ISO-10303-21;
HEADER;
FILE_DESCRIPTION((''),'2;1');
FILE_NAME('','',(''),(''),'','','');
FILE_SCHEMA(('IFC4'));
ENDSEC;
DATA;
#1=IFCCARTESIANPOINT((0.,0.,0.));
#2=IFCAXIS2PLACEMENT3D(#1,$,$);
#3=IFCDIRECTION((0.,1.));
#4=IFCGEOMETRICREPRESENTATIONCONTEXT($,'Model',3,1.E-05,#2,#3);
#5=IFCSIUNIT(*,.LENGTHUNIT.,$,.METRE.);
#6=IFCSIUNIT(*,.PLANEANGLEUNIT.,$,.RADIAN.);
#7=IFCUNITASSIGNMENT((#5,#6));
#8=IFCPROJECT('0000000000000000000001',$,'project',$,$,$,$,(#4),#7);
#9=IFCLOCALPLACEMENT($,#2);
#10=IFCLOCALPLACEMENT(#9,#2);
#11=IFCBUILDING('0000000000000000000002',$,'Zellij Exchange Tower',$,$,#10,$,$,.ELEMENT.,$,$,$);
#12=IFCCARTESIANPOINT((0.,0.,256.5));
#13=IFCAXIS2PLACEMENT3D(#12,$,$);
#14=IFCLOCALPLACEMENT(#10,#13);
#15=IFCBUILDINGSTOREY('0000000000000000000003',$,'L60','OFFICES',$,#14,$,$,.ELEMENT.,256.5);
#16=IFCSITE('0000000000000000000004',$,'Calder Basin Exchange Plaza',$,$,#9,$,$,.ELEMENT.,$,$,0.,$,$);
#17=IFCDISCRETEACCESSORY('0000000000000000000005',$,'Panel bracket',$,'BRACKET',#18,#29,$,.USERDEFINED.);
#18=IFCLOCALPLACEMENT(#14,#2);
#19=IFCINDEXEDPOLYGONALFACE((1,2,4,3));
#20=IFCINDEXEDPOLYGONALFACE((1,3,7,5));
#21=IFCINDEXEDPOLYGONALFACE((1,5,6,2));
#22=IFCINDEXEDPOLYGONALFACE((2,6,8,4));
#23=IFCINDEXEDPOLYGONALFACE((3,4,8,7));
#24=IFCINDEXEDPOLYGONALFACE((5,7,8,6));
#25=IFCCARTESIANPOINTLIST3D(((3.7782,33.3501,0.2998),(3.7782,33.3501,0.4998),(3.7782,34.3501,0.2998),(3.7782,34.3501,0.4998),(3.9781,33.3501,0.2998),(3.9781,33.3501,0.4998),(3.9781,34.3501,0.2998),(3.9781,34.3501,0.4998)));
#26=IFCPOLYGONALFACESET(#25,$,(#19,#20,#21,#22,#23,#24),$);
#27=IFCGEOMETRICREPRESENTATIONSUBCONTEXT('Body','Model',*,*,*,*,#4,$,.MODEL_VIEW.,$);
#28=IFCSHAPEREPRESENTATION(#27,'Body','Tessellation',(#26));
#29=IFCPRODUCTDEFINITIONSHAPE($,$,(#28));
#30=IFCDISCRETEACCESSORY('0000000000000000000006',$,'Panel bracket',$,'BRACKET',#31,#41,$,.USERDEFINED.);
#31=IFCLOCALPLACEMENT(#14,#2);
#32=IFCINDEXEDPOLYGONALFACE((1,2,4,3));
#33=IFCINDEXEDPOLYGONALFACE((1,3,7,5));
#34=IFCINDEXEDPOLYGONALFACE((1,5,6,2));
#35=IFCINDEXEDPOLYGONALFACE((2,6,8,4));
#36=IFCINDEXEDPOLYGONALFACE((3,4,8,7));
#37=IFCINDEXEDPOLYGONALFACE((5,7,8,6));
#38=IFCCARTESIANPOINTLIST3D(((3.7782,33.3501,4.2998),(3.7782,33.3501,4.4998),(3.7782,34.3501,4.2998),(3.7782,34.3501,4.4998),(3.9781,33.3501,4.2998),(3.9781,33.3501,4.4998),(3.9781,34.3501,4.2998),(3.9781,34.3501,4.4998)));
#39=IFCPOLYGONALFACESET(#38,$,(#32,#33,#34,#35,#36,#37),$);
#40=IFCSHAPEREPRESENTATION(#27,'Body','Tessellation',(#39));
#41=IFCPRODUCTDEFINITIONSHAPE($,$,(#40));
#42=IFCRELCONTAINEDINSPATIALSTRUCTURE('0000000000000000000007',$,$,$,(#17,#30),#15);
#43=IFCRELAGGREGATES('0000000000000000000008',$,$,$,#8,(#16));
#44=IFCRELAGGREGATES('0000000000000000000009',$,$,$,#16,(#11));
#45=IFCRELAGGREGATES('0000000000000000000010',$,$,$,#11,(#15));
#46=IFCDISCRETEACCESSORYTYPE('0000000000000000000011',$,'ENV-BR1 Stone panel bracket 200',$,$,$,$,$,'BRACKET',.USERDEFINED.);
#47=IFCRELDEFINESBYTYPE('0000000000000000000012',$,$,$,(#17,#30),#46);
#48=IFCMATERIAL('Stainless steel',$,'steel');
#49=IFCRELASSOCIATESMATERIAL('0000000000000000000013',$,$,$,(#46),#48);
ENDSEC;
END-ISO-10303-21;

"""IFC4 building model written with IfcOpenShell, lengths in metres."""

from ifc_helpers import new_model, si_unit, direction, frame, origin, origin_2d, place, context, subcontext, project, spatial, rectangle, extrude, material, type_object, element, save


model = new_model("IFC4")

# Units and contexts
model_context = context("Model", 3, precision=1e-05, world=origin(), true_north=direction((0.0, 1.0)))
body_context = subcontext(model_context, "Body", "Model", "MODEL_VIEW")
ifc_project = project(units=[si_unit("LENGTHUNIT", "METRE"), si_unit("PLANEANGLEUNIT", "RADIAN")], contexts=[model_context])

# Site, building, storey
site_placement = place(None, origin())
site = spatial("IfcSite", under=ifc_project, at=site_placement, Name="Calder Basin Exchange Plaza", CompositionType="ELEMENT", RefElevation=0.0)
building_placement = place(site_placement, origin())
building = spatial("IfcBuilding", under=site, at=building_placement, Name="Zellij Exchange Tower", CompositionType="ELEMENT")
storey_placement = place(building_placement, frame((0.0, 0.0, 256.5)))
storey = spatial("IfcBuildingStorey", under=building, at=storey_placement, Name="L60", Description="OFFICES", CompositionType="ELEMENT", Elevation=256.5)

# Discrete accessories
ifc_material_1 = material(Name="Stainless steel", Category="steel")
discrete_accessory_type = type_object("IfcDiscreteAccessoryType", Name="ENV-BR1 Stone panel bracket 200", ElementType="BRACKET", PredefinedType="USERDEFINED", material=ifc_material_1)
for number, where, z_axis, x_axis, name in (
    (1, (3.8782, 33.8501, 0.2998), (0.0, 0.0, 1.0), (-1.0, 0.0, 0.0), "Panel bracket"),
    (2, (3.8782, 33.8501, 4.2998), (0.0, 0.0, 1.0), (-1.0, 0.0, 0.0), "Panel bracket"),
):
    element("IfcDiscreteAccessory", number, at=place(storey_placement, frame(where, z_axis=z_axis, x_axis=x_axis)), inside=storey, type_object=discrete_accessory_type, Name=name, ObjectType="BRACKET", PredefinedType="USERDEFINED", context=body_context, shape_type="SweptSolid", body=[
        extrude(rectangle(XDim=0.2, YDim=1.0, at=origin_2d()), origin(), (0.0, 0.0, 1.0), 0.2),
    ])

save(model, "model.ifc")
